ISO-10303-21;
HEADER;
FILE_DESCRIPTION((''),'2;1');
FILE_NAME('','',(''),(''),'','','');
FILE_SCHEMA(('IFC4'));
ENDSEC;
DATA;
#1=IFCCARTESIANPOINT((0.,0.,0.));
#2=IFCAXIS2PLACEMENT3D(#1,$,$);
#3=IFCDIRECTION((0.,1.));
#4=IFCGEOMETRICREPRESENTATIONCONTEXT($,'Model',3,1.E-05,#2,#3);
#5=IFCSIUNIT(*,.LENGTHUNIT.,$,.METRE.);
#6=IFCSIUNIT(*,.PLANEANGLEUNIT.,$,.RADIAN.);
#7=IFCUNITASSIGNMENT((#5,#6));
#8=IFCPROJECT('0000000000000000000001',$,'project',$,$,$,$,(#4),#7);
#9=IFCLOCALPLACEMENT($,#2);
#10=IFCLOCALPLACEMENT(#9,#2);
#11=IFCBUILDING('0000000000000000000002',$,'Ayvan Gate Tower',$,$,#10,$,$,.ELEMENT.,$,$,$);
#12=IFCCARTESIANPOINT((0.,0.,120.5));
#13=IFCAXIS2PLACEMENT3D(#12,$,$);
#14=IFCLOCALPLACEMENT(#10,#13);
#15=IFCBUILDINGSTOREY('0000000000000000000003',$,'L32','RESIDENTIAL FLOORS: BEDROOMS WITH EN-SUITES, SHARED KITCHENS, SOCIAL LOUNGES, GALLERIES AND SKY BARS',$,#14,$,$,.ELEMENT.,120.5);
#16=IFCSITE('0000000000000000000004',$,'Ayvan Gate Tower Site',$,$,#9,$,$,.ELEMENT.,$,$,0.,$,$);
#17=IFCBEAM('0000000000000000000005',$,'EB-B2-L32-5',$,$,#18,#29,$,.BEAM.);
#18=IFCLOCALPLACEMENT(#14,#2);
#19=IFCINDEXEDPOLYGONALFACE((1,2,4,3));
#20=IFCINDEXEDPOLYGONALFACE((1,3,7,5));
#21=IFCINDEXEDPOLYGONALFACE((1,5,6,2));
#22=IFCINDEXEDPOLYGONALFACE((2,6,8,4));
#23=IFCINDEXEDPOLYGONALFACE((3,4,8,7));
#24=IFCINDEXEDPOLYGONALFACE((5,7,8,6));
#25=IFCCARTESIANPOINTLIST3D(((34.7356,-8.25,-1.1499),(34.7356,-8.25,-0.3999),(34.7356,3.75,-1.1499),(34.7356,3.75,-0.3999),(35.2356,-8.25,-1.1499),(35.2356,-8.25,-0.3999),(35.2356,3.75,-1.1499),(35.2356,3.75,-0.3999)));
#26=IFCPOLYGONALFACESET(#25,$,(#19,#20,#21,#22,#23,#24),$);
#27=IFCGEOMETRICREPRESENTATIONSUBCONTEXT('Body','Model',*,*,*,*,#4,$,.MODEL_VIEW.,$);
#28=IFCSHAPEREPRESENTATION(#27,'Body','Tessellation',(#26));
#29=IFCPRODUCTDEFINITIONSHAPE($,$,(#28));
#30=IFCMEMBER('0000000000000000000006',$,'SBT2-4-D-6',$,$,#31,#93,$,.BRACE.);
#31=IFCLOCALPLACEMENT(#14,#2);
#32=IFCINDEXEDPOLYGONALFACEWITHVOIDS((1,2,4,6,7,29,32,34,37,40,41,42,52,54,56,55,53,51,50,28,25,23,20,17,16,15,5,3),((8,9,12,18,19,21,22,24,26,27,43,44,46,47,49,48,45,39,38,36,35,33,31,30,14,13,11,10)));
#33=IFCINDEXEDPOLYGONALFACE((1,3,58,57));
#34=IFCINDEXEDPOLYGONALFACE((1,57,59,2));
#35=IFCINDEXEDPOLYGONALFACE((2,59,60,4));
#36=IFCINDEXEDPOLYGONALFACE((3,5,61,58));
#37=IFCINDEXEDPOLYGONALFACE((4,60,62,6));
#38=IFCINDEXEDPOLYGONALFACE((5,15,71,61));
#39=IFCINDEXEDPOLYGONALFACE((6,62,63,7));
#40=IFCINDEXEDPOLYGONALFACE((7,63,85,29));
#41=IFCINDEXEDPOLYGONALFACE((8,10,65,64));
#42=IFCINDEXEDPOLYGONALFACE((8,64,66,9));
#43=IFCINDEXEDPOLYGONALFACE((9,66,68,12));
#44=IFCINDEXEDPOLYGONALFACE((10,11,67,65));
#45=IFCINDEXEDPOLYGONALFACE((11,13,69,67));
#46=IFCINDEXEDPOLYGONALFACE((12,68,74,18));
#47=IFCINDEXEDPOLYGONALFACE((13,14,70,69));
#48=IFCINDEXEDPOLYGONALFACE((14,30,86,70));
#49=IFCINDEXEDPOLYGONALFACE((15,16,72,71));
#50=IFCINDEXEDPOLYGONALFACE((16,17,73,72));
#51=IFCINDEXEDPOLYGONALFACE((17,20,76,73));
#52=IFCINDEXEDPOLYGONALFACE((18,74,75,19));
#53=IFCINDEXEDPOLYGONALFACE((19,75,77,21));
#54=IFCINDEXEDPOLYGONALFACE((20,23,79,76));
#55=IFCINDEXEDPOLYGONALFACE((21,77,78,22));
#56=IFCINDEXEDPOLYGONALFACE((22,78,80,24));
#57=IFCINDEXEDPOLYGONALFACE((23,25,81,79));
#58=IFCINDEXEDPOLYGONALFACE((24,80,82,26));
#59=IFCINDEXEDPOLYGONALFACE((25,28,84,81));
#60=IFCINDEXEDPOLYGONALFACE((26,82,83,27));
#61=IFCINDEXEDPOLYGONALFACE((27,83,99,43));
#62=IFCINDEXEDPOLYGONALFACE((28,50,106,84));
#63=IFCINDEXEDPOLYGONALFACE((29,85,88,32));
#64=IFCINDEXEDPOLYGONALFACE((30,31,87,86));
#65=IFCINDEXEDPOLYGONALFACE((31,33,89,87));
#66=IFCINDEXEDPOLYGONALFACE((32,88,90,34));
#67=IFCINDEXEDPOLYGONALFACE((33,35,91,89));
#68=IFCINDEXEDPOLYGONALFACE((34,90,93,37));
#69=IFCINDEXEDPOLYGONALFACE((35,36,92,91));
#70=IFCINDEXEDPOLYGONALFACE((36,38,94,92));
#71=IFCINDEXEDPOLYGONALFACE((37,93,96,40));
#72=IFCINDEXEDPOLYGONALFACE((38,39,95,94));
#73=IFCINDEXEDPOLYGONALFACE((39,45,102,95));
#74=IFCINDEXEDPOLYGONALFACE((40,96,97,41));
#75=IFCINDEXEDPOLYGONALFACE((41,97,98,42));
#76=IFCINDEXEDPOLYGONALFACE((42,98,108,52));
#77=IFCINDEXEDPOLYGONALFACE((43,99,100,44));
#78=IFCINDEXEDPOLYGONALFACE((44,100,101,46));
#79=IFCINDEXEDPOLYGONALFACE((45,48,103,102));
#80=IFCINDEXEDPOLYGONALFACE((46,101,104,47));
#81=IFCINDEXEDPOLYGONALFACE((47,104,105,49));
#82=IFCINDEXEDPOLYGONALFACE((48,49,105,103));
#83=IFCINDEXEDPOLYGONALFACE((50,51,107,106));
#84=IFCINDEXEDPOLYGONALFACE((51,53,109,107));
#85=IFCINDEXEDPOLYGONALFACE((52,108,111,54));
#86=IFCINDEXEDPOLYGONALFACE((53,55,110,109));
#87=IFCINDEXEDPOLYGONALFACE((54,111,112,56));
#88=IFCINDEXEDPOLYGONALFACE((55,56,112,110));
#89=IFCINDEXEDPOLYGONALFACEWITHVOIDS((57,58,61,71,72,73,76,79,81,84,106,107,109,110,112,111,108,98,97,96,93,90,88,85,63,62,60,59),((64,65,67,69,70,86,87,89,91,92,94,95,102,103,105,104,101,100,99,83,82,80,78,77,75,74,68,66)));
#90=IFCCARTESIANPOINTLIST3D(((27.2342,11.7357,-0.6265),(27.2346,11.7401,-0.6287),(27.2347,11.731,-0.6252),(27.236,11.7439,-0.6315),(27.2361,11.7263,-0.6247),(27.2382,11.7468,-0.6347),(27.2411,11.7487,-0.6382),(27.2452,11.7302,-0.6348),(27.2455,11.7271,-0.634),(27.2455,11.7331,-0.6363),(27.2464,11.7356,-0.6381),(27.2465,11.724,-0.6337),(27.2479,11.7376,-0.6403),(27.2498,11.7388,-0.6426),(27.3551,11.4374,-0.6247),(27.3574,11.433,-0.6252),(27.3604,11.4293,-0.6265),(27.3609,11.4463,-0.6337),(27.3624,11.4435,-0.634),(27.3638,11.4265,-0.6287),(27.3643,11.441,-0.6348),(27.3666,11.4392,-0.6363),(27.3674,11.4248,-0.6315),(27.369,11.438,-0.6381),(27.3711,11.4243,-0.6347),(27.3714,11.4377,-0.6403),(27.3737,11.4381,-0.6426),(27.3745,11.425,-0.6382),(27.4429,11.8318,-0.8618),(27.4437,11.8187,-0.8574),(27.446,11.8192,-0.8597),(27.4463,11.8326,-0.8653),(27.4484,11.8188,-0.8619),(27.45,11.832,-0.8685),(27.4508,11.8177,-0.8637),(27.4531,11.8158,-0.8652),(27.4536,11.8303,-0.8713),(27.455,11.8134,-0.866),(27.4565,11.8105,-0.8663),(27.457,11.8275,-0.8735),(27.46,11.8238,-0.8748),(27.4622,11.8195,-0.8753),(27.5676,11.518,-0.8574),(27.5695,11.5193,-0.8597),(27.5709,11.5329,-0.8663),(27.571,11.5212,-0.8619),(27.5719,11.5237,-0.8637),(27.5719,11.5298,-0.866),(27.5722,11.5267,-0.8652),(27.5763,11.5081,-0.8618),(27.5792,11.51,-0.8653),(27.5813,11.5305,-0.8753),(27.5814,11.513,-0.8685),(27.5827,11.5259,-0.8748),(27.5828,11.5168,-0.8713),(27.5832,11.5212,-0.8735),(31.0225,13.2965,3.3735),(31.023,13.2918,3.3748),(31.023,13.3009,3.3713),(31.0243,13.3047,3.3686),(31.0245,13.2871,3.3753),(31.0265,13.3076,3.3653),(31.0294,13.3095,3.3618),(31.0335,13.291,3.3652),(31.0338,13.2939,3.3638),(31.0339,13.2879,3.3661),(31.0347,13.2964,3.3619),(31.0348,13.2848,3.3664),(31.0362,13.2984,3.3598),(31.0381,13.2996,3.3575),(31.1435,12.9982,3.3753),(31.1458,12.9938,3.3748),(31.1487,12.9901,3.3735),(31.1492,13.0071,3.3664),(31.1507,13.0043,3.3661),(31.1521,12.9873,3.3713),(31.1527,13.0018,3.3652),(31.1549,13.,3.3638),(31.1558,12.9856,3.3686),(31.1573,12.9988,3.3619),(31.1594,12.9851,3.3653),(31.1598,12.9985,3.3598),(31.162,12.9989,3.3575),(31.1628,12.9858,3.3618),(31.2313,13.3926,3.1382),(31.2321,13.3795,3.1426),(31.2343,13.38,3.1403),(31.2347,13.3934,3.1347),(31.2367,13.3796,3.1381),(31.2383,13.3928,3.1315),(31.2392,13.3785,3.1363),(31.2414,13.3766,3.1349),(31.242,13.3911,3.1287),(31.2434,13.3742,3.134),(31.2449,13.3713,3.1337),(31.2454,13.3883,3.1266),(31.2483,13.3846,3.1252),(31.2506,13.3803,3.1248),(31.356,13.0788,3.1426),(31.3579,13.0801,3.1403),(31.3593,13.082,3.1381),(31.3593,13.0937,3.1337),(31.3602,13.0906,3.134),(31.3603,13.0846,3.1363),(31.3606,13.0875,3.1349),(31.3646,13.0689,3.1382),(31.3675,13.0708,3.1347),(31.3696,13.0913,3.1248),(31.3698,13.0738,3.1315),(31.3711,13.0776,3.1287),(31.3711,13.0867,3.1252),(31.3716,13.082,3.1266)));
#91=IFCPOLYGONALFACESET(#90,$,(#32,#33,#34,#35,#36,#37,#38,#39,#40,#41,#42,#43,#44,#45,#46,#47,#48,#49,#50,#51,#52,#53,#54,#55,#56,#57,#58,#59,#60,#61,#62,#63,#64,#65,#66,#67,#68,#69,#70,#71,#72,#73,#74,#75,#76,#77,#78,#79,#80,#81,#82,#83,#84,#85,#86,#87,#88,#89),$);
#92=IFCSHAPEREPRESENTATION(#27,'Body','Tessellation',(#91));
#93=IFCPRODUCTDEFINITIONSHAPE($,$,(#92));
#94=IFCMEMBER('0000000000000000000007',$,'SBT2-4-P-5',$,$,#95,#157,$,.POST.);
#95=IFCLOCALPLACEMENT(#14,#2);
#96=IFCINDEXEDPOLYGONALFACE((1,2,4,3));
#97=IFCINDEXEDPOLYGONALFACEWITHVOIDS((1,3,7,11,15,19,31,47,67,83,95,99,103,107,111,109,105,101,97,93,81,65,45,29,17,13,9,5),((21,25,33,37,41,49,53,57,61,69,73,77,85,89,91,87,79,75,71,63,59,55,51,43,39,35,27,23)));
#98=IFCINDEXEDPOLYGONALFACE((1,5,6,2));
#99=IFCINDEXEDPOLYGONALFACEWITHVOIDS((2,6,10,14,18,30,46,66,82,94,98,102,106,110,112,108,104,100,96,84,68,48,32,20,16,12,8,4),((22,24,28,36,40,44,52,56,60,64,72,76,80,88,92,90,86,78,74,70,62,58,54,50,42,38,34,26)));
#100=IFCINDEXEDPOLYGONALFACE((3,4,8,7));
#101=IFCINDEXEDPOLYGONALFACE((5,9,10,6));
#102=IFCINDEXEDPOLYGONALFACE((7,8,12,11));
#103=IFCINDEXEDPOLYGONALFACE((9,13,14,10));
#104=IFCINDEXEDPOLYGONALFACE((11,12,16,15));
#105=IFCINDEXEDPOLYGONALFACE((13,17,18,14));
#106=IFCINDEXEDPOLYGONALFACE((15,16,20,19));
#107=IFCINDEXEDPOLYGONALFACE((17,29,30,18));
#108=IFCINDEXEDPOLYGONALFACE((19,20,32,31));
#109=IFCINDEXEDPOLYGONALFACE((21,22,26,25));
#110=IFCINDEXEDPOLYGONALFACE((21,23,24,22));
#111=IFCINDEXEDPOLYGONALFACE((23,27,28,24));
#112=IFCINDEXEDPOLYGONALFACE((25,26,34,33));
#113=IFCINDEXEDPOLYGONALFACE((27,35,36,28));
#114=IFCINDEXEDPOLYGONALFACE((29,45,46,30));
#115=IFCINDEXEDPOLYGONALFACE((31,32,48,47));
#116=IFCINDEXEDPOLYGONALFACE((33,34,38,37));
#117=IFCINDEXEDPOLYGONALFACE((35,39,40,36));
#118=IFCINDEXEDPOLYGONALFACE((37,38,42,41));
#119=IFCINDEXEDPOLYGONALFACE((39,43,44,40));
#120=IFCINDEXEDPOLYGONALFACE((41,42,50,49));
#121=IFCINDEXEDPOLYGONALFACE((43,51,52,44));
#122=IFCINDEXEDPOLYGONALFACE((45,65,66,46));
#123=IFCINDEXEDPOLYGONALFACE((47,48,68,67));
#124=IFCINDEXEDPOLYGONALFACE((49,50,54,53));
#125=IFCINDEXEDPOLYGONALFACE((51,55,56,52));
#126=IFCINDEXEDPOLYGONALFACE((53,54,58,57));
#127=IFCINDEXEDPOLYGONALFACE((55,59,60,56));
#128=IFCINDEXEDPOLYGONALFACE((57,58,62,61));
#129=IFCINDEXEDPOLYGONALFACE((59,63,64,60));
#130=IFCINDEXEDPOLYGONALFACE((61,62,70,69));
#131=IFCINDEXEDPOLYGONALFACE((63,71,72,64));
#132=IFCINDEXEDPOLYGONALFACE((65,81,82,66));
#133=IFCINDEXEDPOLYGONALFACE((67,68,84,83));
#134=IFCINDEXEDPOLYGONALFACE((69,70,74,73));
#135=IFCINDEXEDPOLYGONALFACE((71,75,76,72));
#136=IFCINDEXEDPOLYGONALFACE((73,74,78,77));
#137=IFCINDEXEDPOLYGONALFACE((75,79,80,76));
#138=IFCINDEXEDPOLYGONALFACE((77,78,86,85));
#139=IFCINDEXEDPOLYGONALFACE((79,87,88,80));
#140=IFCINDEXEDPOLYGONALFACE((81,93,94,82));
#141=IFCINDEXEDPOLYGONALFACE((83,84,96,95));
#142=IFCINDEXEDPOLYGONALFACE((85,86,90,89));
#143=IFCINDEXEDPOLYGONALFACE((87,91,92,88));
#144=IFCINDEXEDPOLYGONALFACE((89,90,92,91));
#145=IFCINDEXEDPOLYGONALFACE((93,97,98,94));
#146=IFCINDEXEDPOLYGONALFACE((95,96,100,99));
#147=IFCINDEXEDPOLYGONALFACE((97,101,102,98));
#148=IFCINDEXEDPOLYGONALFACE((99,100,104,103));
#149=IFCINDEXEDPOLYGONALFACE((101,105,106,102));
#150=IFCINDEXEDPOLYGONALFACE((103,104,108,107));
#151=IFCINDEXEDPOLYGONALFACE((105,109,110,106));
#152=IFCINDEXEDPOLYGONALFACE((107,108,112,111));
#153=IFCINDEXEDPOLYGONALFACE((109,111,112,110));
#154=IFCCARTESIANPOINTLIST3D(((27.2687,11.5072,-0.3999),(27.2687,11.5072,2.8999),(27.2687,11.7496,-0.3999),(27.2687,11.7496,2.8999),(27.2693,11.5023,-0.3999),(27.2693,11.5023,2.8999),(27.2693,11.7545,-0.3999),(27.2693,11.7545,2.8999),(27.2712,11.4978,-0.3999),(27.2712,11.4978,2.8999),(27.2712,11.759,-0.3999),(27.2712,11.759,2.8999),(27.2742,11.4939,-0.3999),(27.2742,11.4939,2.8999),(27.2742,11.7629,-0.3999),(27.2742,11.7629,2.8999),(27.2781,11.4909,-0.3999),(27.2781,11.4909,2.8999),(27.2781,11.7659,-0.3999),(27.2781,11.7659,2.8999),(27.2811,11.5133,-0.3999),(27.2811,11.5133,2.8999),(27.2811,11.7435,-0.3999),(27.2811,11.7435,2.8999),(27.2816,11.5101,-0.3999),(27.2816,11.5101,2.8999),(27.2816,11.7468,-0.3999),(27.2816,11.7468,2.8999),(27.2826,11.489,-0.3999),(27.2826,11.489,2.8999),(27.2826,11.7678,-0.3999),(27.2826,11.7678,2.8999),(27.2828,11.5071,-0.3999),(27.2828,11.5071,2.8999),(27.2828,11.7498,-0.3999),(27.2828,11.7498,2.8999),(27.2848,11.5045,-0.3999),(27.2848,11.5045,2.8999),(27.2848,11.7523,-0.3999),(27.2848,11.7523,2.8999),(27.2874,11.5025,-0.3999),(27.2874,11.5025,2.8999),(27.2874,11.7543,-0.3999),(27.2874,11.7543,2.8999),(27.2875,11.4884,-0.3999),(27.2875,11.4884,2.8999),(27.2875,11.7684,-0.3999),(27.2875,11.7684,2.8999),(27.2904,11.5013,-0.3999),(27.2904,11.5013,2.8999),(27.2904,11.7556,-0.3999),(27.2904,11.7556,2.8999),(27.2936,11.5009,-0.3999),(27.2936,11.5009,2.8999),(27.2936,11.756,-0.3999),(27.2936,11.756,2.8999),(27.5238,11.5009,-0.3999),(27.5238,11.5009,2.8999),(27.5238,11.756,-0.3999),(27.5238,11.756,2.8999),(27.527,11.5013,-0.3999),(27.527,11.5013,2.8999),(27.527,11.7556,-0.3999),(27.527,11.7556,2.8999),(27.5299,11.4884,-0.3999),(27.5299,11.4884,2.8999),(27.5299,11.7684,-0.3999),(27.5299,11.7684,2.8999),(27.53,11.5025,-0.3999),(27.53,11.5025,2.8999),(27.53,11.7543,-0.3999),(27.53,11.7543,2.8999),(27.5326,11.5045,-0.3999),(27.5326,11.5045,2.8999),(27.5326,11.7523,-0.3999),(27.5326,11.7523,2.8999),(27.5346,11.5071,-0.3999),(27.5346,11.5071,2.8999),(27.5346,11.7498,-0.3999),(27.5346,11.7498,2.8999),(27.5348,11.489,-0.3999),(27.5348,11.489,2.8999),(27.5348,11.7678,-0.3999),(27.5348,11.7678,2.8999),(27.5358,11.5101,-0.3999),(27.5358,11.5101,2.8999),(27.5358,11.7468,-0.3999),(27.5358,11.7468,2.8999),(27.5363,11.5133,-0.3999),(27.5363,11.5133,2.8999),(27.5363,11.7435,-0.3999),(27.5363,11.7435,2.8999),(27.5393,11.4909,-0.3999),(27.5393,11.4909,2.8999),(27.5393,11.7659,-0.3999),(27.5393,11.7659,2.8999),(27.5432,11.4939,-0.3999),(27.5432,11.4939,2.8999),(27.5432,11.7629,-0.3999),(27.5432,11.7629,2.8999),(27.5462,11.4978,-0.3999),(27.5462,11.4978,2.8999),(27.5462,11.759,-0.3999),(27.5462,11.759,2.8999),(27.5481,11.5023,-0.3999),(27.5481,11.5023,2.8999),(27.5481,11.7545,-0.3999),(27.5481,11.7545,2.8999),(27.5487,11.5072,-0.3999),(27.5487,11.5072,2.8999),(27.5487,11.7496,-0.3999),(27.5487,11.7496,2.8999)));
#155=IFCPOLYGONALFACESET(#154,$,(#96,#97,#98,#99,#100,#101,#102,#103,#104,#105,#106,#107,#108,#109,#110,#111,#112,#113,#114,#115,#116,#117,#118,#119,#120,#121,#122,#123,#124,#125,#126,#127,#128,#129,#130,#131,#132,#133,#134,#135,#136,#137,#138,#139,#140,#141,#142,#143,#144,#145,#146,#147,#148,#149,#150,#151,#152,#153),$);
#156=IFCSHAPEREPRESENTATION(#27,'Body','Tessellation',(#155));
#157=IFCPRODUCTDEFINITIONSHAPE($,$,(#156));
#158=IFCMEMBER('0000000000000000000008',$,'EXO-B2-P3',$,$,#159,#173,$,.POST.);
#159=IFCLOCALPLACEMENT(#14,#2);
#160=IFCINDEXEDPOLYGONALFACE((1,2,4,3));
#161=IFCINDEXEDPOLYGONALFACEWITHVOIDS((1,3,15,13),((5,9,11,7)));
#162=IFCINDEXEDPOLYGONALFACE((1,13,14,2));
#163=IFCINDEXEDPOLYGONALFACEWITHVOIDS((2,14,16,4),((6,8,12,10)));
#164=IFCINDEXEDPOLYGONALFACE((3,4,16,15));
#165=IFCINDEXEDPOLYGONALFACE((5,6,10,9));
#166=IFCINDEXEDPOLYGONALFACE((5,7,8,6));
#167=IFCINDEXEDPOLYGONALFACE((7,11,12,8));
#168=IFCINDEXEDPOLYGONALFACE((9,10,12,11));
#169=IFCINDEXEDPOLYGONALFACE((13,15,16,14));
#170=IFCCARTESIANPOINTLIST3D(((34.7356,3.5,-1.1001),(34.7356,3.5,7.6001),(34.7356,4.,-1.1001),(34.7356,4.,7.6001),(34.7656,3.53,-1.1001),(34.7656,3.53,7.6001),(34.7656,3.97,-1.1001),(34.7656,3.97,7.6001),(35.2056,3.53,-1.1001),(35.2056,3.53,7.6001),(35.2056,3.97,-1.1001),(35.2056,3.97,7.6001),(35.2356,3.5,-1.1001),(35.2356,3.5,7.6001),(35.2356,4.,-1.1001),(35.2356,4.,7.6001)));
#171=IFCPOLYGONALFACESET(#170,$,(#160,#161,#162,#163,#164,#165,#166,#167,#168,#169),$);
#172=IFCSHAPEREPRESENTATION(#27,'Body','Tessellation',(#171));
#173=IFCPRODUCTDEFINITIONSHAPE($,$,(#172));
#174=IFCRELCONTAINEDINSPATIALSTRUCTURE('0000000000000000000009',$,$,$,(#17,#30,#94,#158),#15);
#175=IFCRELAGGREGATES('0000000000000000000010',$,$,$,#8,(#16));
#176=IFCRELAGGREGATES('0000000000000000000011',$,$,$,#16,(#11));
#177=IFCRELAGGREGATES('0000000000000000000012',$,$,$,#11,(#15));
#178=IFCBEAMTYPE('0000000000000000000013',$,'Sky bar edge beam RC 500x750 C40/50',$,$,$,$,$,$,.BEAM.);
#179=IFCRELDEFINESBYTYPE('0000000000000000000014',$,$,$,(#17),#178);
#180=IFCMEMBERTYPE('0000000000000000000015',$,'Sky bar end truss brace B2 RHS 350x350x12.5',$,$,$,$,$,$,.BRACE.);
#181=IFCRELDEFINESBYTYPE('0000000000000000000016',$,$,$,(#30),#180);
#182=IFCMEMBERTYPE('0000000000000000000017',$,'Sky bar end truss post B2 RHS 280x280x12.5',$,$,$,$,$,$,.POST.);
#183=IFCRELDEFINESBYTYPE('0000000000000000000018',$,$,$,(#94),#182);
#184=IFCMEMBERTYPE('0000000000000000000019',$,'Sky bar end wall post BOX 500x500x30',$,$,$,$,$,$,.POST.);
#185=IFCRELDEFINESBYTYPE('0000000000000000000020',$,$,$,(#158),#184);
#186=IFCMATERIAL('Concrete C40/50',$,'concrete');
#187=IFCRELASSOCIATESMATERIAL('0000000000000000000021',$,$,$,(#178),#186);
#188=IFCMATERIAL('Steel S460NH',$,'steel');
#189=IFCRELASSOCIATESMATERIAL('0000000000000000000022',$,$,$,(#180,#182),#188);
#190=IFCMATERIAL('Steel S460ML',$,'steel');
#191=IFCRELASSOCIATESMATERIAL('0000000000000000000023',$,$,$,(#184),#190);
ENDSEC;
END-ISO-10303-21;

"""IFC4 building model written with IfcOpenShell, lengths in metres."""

from ifc_helpers import new_model, si_unit, direction, frame, origin, origin_2d, place, context, subcontext, project, spatial, rectangle, hollow_rectangle, extrude, material, material_profile, profile_set, type_object, element, save


model = new_model("IFC4")

# Units and contexts
model_context = context("Model", 3, precision=1e-05, world=origin(), true_north=direction((0.0, 1.0)))
body_context = subcontext(model_context, "Body", "Model", "MODEL_VIEW")
ifc_project = project(units=[si_unit("LENGTHUNIT", "METRE"), si_unit("PLANEANGLEUNIT", "RADIAN")], contexts=[model_context])

# Site, building, storey
site_placement = place(None, origin())
site = spatial("IfcSite", under=ifc_project, at=site_placement, Name="Ayvan Gate Tower Site", CompositionType="ELEMENT", RefElevation=0.0)
building_placement = place(site_placement, origin())
building = spatial("IfcBuilding", under=site, at=building_placement, Name="Ayvan Gate Tower", CompositionType="ELEMENT")
storey_placement = place(building_placement, frame((0.0, 0.0, 120.5)))
storey = spatial("IfcBuildingStorey", under=building, at=storey_placement, Name="L32", Description="RESIDENTIAL FLOORS: BEDROOMS WITH EN-SUITES, SHARED KITCHENS, SOCIAL LOUNGES, GALLERIES AND SKY BARS", CompositionType="ELEMENT", Elevation=120.5)

# Beam
ifc_material_1 = material(Name="Concrete C40/50", Category="concrete")
ifc_material_profile_1 = material_profile(ifc_material_1, rectangle(XDim=0.5, YDim=0.75, at=origin_2d()), Name="RC 500x750")
ifc_profile_set_1 = profile_set([ifc_material_profile_1], Name="Concrete C40/50")
beam_type = type_object("IfcBeamType", Name="Sky bar edge beam RC 500x750 C40/50", PredefinedType="BEAM", material=ifc_profile_set_1)
beam_placement = place(storey_placement, frame((34.9856, 3.75, -0.7749), z_axis=(0.0, -1.0, 0.0), x_axis=(1.0, 0.0, 0.0)))
element("IfcBeam", 1, at=beam_placement, inside=storey, type_object=beam_type, Name="EB-B2-L32-5", PredefinedType="BEAM", context=body_context, shape_type="SweptSolid", body=[
    extrude(rectangle(XDim=0.5, YDim=0.75, at=origin_2d()), origin(), (0.0, 0.0, 1.0), 12.0),
])

# Members
ifc_material_2 = material(Name="Steel S460NH", Category="steel")
ifc_material_profile_2 = material_profile(ifc_material_2, hollow_rectangle(XDim=0.3501, YDim=0.3501, WallThickness=0.0125, InnerFilletRadius=0.0125, OuterFilletRadius=0.0188, at=origin_2d()), Name="RHS 350x350x12.5")
ifc_profile_set_2 = profile_set([ifc_material_profile_2], Name="Steel S460NH")
member_type_1 = type_object("IfcMemberType", Name="Sky bar end truss brace B2 RHS 350x350x12.5", PredefinedType="BRACE", material=ifc_profile_set_2)
member_1_placement = place(storey_placement, frame((27.4087, 11.6284, -0.75), z_axis=(0.661597, 0.272578, 0.698563), x_axis=(-0.380936, 0.924602, 0.0)))
element("IfcMember", 2, at=member_1_placement, inside=storey, type_object=member_type_1, Name="SBT2-4-D-6", PredefinedType="BRACE", context=body_context, shape_type="SweptSolid", body=[
    extrude(hollow_rectangle(XDim=0.3501, YDim=0.3501, WallThickness=0.0125, InnerFilletRadius=0.0125, OuterFilletRadius=0.0188, at=origin_2d()), origin(), (0.0, 0.0, 1.0), 5.7261),
])
ifc_material_profile_3 = material_profile(ifc_material_2, hollow_rectangle(XDim=0.28, YDim=0.28, WallThickness=0.0125, InnerFilletRadius=0.0125, OuterFilletRadius=0.0188, at=origin_2d()), Name="RHS 280x280x12.5")
ifc_profile_set_3 = profile_set([ifc_material_profile_3], Name="Steel S460NH")
member_type_2 = type_object("IfcMemberType", Name="Sky bar end truss post B2 RHS 280x280x12.5", PredefinedType="POST", material=ifc_profile_set_3)
member_2_placement = place(storey_placement, frame((27.4087, 11.6284, -0.3999), z_axis=(0.0, 0.0, 1.0), x_axis=(1.0, 0.0, 0.0)))
element("IfcMember", 3, at=member_2_placement, inside=storey, type_object=member_type_2, Name="SBT2-4-P-5", PredefinedType="POST", context=body_context, shape_type="SweptSolid", body=[
    extrude(hollow_rectangle(XDim=0.28, YDim=0.28, WallThickness=0.0125, InnerFilletRadius=0.0125, OuterFilletRadius=0.0188, at=origin_2d()), origin(), (0.0, 0.0, 1.0), 3.2998),
])
ifc_material_3 = material(Name="Steel S460ML", Category="steel")
ifc_material_profile_4 = material_profile(ifc_material_3, hollow_rectangle(XDim=0.5, YDim=0.5, WallThickness=0.03, at=origin_2d()), Name="BOX 500x500x30")
ifc_profile_set_4 = profile_set([ifc_material_profile_4], Name="Steel S460ML")
member_type_3 = type_object("IfcMemberType", Name="Sky bar end wall post BOX 500x500x30", PredefinedType="POST", material=ifc_profile_set_4)
member_3_placement = place(storey_placement, frame((34.9856, 3.75, -1.1001), z_axis=(0.0, 0.0, 1.0), x_axis=(1.0, 0.0, 0.0)))
element("IfcMember", 4, at=member_3_placement, inside=storey, type_object=member_type_3, Name="EXO-B2-P3", PredefinedType="POST", context=body_context, shape_type="SweptSolid", body=[
    extrude(hollow_rectangle(XDim=0.5, YDim=0.5, WallThickness=0.03, at=origin_2d()), origin(), (0.0, 0.0, 1.0), 8.7002),
])

save(model, "model.ifc")
